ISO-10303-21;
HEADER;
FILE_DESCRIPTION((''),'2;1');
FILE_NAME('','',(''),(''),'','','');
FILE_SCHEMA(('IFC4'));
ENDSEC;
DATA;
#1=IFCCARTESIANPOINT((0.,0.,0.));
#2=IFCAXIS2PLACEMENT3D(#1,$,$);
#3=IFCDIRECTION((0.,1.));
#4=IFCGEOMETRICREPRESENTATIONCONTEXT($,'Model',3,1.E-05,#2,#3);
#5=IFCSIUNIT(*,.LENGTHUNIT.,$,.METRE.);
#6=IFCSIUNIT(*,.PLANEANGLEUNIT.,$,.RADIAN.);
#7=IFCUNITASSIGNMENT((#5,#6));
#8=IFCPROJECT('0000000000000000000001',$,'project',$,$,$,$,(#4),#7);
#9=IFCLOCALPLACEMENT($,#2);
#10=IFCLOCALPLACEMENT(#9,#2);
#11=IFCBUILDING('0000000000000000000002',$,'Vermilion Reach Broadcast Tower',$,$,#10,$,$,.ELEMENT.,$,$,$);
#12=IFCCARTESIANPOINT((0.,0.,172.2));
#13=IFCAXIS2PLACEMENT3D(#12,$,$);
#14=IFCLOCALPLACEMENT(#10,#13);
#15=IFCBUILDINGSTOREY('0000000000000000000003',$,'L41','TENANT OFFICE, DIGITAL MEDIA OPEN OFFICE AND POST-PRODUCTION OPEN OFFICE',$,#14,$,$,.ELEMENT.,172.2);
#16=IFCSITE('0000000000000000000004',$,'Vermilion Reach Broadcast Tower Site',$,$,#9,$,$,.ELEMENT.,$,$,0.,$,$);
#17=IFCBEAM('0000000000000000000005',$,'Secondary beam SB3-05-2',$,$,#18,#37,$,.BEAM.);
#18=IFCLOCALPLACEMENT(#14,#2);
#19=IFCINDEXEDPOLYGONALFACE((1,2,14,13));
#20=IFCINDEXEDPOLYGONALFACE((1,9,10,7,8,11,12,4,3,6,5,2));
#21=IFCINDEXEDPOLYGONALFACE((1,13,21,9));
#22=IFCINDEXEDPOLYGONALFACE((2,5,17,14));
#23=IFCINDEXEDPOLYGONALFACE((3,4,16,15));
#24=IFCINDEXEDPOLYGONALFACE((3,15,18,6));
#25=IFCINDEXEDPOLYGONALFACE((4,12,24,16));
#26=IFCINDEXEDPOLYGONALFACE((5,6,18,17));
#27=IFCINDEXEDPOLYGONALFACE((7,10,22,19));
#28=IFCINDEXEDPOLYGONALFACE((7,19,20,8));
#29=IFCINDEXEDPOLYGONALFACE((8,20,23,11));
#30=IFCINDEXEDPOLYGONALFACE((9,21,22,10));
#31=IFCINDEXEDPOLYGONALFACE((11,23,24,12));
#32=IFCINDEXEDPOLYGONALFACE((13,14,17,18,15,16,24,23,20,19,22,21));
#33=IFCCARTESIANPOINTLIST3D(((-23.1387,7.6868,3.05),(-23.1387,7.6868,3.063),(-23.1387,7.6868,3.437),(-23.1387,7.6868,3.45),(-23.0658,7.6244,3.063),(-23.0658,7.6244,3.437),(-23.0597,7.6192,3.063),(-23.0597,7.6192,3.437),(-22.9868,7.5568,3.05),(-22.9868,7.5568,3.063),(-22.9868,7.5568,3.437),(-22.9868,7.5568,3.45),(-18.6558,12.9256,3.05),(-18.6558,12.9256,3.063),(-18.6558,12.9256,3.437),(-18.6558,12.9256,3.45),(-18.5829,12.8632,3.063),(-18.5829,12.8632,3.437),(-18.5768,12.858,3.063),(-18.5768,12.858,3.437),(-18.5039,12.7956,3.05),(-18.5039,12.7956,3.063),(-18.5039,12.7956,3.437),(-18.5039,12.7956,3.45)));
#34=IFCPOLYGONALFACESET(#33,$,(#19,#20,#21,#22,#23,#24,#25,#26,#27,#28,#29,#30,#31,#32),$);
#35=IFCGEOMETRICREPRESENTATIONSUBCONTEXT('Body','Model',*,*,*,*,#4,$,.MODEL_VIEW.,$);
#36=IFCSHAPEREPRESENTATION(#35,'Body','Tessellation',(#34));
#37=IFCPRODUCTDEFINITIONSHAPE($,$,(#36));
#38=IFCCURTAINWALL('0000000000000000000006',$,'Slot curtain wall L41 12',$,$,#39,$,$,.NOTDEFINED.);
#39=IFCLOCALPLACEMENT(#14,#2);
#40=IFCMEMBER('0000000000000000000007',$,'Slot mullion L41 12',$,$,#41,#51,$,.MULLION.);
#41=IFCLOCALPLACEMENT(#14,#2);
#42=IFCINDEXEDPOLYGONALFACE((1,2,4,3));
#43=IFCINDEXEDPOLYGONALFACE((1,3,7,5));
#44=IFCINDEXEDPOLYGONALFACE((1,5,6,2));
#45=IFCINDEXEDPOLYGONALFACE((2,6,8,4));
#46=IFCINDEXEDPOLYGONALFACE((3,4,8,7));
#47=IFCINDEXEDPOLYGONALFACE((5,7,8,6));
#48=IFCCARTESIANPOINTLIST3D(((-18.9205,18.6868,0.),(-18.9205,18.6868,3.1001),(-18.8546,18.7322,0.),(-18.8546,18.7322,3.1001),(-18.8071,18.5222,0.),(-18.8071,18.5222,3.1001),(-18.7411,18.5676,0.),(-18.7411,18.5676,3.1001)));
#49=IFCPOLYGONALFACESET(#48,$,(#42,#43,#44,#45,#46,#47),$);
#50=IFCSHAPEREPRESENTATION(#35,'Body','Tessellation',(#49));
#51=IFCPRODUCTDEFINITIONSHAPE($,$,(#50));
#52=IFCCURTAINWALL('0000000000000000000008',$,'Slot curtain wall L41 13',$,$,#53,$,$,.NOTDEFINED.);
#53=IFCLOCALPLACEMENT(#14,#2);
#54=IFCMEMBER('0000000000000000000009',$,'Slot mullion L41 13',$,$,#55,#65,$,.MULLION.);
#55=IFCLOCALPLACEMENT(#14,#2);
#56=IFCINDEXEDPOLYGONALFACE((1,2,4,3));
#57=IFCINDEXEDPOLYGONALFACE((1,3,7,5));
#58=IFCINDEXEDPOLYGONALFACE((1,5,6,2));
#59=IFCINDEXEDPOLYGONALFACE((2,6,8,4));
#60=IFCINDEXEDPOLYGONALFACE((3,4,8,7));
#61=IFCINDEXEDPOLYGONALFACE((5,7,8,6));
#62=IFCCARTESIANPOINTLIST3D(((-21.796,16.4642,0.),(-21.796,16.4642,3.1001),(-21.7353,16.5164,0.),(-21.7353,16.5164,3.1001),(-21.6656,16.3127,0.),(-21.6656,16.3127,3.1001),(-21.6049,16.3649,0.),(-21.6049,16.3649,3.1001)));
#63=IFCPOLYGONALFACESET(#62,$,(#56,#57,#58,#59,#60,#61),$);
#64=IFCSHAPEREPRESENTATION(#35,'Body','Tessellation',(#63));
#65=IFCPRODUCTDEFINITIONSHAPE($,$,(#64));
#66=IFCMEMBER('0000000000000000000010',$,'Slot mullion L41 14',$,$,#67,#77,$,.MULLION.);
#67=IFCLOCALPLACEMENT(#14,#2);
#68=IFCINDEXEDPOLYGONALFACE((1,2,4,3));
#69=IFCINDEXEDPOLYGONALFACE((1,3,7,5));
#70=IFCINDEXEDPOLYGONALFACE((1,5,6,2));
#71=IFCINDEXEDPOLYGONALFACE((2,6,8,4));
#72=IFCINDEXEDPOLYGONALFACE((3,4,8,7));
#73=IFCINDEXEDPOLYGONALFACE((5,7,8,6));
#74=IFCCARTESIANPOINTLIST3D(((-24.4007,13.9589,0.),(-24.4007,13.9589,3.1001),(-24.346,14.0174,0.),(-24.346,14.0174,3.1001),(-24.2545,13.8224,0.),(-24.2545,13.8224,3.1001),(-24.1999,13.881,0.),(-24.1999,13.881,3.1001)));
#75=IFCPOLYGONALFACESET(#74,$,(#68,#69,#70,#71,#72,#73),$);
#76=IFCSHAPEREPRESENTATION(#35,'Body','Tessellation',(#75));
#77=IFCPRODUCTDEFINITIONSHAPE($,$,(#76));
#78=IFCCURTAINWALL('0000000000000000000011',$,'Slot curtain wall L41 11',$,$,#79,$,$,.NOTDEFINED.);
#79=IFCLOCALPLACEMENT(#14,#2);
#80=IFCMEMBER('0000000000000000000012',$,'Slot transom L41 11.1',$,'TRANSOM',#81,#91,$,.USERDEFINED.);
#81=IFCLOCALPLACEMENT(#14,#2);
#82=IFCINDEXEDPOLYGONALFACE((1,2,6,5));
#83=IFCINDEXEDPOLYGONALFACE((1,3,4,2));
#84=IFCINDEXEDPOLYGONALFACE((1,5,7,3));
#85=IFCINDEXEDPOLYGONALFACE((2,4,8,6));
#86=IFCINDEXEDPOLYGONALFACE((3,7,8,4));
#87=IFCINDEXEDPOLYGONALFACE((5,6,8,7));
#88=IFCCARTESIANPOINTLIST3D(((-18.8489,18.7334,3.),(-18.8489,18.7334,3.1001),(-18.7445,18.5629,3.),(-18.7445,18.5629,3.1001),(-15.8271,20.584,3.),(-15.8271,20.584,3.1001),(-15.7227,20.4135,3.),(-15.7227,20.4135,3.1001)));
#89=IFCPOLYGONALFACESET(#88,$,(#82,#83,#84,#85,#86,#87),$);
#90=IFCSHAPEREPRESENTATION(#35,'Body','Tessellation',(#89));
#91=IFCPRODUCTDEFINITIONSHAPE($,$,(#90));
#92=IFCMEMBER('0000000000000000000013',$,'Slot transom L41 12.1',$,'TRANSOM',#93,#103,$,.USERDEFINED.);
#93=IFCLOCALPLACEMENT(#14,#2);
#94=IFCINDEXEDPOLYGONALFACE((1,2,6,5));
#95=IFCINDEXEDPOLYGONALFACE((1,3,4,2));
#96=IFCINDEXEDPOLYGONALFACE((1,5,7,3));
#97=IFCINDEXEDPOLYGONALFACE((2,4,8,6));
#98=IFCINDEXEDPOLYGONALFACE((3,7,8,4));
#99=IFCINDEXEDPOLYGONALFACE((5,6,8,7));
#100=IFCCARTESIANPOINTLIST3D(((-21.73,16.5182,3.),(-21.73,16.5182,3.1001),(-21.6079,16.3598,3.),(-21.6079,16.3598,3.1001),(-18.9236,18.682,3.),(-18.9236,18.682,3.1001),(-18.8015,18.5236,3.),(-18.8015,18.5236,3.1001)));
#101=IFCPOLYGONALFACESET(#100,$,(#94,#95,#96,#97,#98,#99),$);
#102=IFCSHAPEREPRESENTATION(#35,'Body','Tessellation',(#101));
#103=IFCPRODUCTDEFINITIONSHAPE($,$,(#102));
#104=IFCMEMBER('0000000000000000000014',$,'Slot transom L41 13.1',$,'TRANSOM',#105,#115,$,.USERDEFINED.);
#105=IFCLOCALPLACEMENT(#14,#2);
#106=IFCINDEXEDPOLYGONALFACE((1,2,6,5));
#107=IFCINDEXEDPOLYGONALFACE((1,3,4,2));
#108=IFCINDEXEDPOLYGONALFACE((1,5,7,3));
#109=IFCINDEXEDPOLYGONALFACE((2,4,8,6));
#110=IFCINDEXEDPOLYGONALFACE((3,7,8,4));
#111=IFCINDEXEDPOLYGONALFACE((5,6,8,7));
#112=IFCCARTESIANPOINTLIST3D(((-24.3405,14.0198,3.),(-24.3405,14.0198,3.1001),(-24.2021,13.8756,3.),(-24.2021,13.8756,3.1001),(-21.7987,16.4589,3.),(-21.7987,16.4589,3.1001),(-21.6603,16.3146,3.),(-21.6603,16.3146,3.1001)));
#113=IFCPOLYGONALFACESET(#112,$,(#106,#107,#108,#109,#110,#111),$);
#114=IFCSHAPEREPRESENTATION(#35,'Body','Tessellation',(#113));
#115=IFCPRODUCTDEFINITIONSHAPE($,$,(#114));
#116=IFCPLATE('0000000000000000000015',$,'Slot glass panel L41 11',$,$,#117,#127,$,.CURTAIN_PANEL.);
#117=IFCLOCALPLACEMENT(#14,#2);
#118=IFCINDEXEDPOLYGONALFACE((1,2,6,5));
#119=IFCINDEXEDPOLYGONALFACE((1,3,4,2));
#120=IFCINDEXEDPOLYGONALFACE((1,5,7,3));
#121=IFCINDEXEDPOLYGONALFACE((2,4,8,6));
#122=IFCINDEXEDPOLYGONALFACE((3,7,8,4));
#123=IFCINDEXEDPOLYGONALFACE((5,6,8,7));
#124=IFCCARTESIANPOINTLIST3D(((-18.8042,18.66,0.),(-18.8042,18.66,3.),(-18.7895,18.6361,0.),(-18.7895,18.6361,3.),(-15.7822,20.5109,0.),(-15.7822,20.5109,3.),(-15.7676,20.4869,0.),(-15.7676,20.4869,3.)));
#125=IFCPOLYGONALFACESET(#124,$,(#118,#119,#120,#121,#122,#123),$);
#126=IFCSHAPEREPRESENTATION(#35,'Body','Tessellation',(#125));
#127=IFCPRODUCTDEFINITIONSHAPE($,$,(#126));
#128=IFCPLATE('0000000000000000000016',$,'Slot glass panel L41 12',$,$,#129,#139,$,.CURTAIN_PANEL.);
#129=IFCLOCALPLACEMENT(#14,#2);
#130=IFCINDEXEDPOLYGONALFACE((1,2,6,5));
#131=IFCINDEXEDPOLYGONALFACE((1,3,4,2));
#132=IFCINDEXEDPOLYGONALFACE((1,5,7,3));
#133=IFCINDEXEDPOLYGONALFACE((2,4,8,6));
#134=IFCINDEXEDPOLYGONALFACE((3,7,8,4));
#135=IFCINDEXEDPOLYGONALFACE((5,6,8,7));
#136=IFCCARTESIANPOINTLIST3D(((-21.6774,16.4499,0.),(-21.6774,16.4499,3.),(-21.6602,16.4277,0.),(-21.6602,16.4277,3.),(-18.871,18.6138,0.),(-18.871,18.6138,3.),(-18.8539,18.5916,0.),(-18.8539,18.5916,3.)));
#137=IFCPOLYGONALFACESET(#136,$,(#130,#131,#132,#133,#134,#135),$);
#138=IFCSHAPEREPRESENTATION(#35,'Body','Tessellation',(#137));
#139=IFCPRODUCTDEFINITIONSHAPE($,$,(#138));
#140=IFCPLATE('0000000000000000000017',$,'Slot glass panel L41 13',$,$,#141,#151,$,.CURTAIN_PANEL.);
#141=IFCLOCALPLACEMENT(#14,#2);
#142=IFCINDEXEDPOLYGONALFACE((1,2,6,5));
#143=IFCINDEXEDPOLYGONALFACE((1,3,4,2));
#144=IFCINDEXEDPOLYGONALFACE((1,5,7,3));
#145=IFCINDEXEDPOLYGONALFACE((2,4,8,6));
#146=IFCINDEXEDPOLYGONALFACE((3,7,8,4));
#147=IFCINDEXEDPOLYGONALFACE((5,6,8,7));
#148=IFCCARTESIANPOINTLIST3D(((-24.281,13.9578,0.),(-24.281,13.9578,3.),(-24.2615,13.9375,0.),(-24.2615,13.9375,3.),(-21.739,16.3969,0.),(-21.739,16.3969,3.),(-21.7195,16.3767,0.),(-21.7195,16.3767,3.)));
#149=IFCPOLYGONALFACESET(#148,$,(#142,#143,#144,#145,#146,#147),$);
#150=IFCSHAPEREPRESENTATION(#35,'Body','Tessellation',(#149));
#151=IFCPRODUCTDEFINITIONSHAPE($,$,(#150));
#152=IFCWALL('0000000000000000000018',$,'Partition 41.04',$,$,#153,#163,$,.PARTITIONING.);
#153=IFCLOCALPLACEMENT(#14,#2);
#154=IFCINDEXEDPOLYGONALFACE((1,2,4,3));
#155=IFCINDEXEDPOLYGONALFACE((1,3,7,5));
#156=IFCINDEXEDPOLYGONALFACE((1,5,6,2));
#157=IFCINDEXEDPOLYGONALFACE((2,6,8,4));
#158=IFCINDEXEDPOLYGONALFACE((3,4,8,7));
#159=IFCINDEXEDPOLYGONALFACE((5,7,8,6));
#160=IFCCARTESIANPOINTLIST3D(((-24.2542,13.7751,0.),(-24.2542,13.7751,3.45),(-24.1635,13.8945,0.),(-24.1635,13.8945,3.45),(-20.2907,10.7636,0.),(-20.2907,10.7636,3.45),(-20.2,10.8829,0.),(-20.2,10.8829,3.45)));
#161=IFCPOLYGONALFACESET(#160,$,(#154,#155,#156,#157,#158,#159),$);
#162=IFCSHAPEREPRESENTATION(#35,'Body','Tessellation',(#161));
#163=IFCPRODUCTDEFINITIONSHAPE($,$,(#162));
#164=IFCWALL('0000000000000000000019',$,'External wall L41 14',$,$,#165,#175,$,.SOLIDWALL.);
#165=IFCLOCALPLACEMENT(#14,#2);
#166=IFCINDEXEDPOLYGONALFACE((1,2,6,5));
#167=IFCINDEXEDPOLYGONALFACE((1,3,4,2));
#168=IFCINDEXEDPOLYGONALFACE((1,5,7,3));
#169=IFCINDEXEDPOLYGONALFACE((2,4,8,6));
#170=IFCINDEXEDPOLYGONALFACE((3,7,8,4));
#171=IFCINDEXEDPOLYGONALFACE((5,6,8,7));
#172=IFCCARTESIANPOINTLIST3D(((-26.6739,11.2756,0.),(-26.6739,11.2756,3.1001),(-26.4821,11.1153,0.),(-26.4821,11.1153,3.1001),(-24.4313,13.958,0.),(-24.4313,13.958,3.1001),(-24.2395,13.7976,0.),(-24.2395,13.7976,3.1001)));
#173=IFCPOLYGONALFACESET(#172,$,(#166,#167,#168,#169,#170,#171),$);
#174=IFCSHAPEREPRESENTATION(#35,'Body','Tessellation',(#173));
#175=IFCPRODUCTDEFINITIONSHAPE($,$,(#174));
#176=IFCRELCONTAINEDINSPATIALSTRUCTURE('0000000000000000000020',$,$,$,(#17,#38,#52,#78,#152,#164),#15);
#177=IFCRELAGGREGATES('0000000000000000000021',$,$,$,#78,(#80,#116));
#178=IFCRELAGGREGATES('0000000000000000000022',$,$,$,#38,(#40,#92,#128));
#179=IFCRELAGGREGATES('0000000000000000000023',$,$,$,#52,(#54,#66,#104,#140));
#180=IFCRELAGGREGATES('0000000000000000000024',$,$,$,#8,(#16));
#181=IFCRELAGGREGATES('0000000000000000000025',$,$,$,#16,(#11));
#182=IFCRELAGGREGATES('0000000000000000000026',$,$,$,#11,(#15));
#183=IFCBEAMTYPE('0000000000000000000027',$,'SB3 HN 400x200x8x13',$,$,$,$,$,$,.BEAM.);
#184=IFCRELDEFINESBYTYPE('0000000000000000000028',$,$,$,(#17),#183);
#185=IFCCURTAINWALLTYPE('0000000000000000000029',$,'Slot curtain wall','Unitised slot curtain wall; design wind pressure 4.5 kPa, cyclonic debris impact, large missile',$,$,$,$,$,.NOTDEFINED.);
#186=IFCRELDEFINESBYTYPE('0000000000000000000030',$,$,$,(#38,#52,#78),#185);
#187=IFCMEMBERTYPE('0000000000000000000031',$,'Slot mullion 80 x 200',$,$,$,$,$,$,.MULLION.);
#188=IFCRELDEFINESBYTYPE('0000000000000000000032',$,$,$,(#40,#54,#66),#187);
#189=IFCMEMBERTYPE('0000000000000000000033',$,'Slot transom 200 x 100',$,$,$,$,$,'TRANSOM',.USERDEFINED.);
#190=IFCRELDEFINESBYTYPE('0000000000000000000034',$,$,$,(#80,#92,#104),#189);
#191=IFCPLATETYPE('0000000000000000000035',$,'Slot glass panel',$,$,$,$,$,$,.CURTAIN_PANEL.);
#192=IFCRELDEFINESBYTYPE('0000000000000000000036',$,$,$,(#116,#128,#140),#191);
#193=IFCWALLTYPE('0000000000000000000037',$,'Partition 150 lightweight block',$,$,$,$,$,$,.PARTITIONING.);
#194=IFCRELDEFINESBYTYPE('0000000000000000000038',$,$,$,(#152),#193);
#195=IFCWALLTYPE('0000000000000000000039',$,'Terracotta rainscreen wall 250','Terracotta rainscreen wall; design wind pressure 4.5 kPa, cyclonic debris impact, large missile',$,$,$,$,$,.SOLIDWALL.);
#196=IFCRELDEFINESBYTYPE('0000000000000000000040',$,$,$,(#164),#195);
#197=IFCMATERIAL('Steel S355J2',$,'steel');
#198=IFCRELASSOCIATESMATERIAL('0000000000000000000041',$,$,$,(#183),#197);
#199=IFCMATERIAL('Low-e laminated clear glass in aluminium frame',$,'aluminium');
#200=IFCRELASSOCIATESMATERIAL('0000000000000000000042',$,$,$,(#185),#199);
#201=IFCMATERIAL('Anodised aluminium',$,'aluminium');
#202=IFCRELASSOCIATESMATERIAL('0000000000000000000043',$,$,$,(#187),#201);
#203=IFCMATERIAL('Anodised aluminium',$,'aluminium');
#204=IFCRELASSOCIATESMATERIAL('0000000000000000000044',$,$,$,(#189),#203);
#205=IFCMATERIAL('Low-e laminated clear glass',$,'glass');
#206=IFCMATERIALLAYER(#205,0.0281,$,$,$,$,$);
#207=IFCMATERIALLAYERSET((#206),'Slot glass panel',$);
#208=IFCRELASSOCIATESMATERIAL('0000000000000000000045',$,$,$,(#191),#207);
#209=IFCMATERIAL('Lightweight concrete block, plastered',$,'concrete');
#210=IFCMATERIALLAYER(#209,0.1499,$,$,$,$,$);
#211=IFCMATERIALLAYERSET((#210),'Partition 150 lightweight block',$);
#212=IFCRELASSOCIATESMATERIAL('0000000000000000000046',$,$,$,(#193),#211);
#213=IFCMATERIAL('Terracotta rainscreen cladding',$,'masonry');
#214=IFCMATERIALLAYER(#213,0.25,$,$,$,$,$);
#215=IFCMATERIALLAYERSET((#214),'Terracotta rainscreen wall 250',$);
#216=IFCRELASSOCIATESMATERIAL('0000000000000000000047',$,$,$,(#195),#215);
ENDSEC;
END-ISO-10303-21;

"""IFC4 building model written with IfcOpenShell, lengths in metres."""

from ifc_helpers import new_model, si_unit, direction, frame, frame_2d, origin, origin_2d, place, context, subcontext, project, spatial, rectangle, i_section, extrude, material, layer, layer_set, material_profile, profile_set, type_object, element, aggregate, save


model = new_model("IFC4")

# Units and contexts
model_context = context("Model", 3, precision=1e-05, world=origin(), true_north=direction((0.0, 1.0)))
body_context = subcontext(model_context, "Body", "Model", "MODEL_VIEW")
ifc_project = project(units=[si_unit("LENGTHUNIT", "METRE"), si_unit("PLANEANGLEUNIT", "RADIAN")], contexts=[model_context])

# Site, building, storey
site_placement = place(None, origin())
site = spatial("IfcSite", under=ifc_project, at=site_placement, Name="Vermilion Reach Broadcast Tower Site", CompositionType="ELEMENT", RefElevation=0.0)
building_placement = place(site_placement, origin())
building = spatial("IfcBuilding", under=site, at=building_placement, Name="Vermilion Reach Broadcast Tower", CompositionType="ELEMENT")
storey_placement = place(building_placement, frame((0.0, 0.0, 172.2)))
storey = spatial("IfcBuildingStorey", under=building, at=storey_placement, Name="L41", Description="TENANT OFFICE, DIGITAL MEDIA OPEN OFFICE AND POST-PRODUCTION OPEN OFFICE", CompositionType="ELEMENT", Elevation=172.2)

# Beam
ifc_material_1 = material(Name="Steel S355J2", Category="steel")
ifc_material_profile_1 = material_profile(ifc_material_1, i_section(OverallWidth=0.2, OverallDepth=0.3999, WebThickness=0.0081, FlangeThickness=0.0129, at=origin_2d()), Name="S355J2 HN 400x200x8x13")
ifc_profile_set_1 = profile_set([ifc_material_profile_1], Name="Steel S355J2")
beam_type_1 = type_object("IfcBeamType", Name="SB3 HN 400x200x8x13", PredefinedType="BEAM", material=ifc_profile_set_1)
beam_1_placement = place(storey_placement, frame((-18.5798, 12.8606, 3.25), z_axis=(-0.650167, -0.759791, 0.0), x_axis=(0.759791, -0.650167, 0.0)))
element("IfcBeam", 1, at=beam_1_placement, inside=storey, type_object=beam_type_1, Name="Secondary beam SB3-05-2", PredefinedType="BEAM", context=body_context, shape_type="SweptSolid", body=[
    extrude(i_section(OverallWidth=0.2, OverallDepth=0.3999, WebThickness=0.0081, FlangeThickness=0.0129, at=origin_2d()), origin(), (0.0, 0.0, 1.0), 6.895),
])

# Curtain wall, member
ifc_material_2 = material(Name="Low-e laminated clear glass in aluminium frame", Category="aluminium")
curtain_wall_type = type_object("IfcCurtainWallType", Name="Slot curtain wall", Description="Unitised slot curtain wall; design wind pressure 4.5 kPa, cyclonic debris impact, large missile", PredefinedType="NOTDEFINED", material=ifc_material_2)
placement = place(storey_placement, origin())
curtain_wall_1 = element("IfcCurtainWall", 2, at=placement, inside=storey, type_object=curtain_wall_type, Name="Slot curtain wall L41 12", PredefinedType="NOTDEFINED")
ifc_material_3 = material(Name="Anodised aluminium", Category="aluminium")
ifc_material_profile_2 = material_profile(ifc_material_3, rectangle(XDim=0.2, YDim=0.0801, at=origin_2d()), Name="Slot mullion 80 x 200")
ifc_profile_set_2 = profile_set([ifc_material_profile_2], Name="Anodised aluminium")
member_type_1 = type_object("IfcMemberType", Name="Slot mullion 80 x 200", PredefinedType="MULLION", material=ifc_profile_set_2)
member_1_placement = place(storey_placement, frame((-18.8308, 18.6272, 0.0), z_axis=(0.0, 0.0, 1.0), x_axis=(0.567269, -0.823533, 0.0)))
member_1 = element("IfcMember", 3, at=member_1_placement, type_object=member_type_1, Name="Slot mullion L41 12", PredefinedType="MULLION", context=body_context, shape_type="SweptSolid", body=[
    extrude(rectangle(XDim=0.2, YDim=0.0801, at=origin_2d()), origin(), (0.0, 0.0, 1.0), 3.1001),
])

# Curtain wall, members
curtain_wall_2 = element("IfcCurtainWall", 4, at=placement, inside=storey, type_object=curtain_wall_type, Name="Slot curtain wall L41 13", PredefinedType="NOTDEFINED")
member_2_placement = place(storey_placement, frame((-21.7004, 16.4146, 0.0), z_axis=(0.0, 0.0, 1.0), x_axis=(0.652442, -0.757839, 0.0)))
member_2 = element("IfcMember", 5, at=member_2_placement, type_object=member_type_1, Name="Slot mullion L41 13", PredefinedType="MULLION", context=body_context, shape_type="SweptSolid", body=[
    extrude(rectangle(XDim=0.2, YDim=0.0801, at=origin_2d()), origin(), (0.0, 0.0, 1.0), 3.1001),
])
member_3_placement = place(storey_placement, frame((-24.3003, 13.9199, 0.0), z_axis=(0.0, 0.0, 1.0), x_axis=(0.730889, -0.682496, 0.0)))
member_3 = element("IfcMember", 6, at=member_3_placement, type_object=member_type_1, Name="Slot mullion L41 14", PredefinedType="MULLION", context=body_context, shape_type="SweptSolid", body=[
    extrude(rectangle(XDim=0.2, YDim=0.0801, at=origin_2d()), origin(), (0.0, 0.0, 1.0), 3.1001),
])

# Curtain wall, member
curtain_wall_3 = element("IfcCurtainWall", 7, at=placement, inside=storey, type_object=curtain_wall_type, Name="Slot curtain wall L41 11", PredefinedType="NOTDEFINED")
ifc_material_4 = material(Name="Anodised aluminium", Category="aluminium")
ifc_material_profile_3 = material_profile(ifc_material_4, rectangle(XDim=0.2, YDim=0.1001, at=origin_2d()), Name="Slot transom 200 x 100")
ifc_profile_set_3 = profile_set([ifc_material_profile_3], Name="Anodised aluminium")
member_type_2 = type_object("IfcMemberType", Name="Slot transom 200 x 100", ElementType="TRANSOM", PredefinedType="USERDEFINED", material=ifc_profile_set_3)
member_4_placement = place(storey_placement, frame((-15.7749, 20.4988, 3.05), z_axis=(-0.852782, -0.522266, 0.0), x_axis=(0.522266, -0.852782, 0.0)))
member_4 = element("IfcMember", 8, at=member_4_placement, type_object=member_type_2, Name="Slot transom L41 11.1", ObjectType="TRANSOM", PredefinedType="USERDEFINED", context=body_context, shape_type="SweptSolid", body=[
    extrude(rectangle(XDim=0.2, YDim=0.1001, at=origin_2d()), origin(), (0.0, 0.0, 1.0), 3.5435),
])

# Members
member_5_placement = place(storey_placement, frame((-18.8625, 18.6028, 3.05), z_axis=(-0.791935, -0.610606, 0.0), x_axis=(0.610606, -0.791935, 0.0)))
member_5 = element("IfcMember", 9, at=member_5_placement, type_object=member_type_2, Name="Slot transom L41 12.1", ObjectType="TRANSOM", PredefinedType="USERDEFINED", context=body_context, shape_type="SweptSolid", body=[
    extrude(rectangle(XDim=0.2, YDim=0.1001, at=origin_2d()), origin(), (0.0, 0.0, 1.0), 3.5437),
])
member_6_placement = place(storey_placement, frame((-21.7295, 16.3867, 3.05), z_axis=(-0.721545, -0.692367, 0.0), x_axis=(0.692367, -0.721545, 0.0)))
member_6 = element("IfcMember", 10, at=member_6_placement, type_object=member_type_2, Name="Slot transom L41 13.1", ObjectType="TRANSOM", PredefinedType="USERDEFINED", context=body_context, shape_type="SweptSolid", body=[
    extrude(rectangle(XDim=0.2, YDim=0.1001, at=origin_2d()), origin(), (0.0, 0.0, 1.0), 3.5227),
])

# Plates
ifc_material_5 = material(Name="Low-e laminated clear glass", Category="glass")
ifc_layer_1 = layer(ifc_material_5, 0.0281)
ifc_layer_set_1 = layer_set([ifc_layer_1], Name="Slot glass panel")
plate_type = type_object("IfcPlateType", Name="Slot glass panel", PredefinedType="CURTAIN_PANEL", material=ifc_layer_set_1)
plate_1_placement = place(storey_placement, frame((-17.2859, 19.5735, 0.0), z_axis=(0.0, 0.0, 1.0), x_axis=(-0.852771, -0.522285, 0.0)))
plate_1 = element("IfcPlate", 11, at=plate_1_placement, type_object=plate_type, Name="Slot glass panel L41 11", PredefinedType="CURTAIN_PANEL", context=body_context, shape_type="SweptSolid", body=[
    extrude(rectangle(XDim=3.5437, YDim=0.0281, at=origin_2d()), origin(), (0.0, 0.0, 1.0), 3.0),
])
aggregate(curtain_wall_3, [member_4, plate_1])
plate_2_placement = place(storey_placement, frame((-20.2656, 17.5208, 0.0), z_axis=(0.0, 0.0, 1.0), x_axis=(-0.791924, -0.61062, 0.0)))
plate_2 = element("IfcPlate", 12, at=plate_2_placement, type_object=plate_type, Name="Slot glass panel L41 12", PredefinedType="CURTAIN_PANEL", context=body_context, shape_type="SweptSolid", body=[
    extrude(rectangle(XDim=3.5437, YDim=0.0281, at=origin_2d()), origin(), (0.0, 0.0, 1.0), 3.0),
])
aggregate(curtain_wall_1, [member_1, member_5, plate_2])
plate_3_placement = place(storey_placement, frame((-23.0002, 15.1672, 0.0), z_axis=(0.0, 0.0, 1.0), x_axis=(-0.721548, -0.692364, 0.0)))
plate_3 = element("IfcPlate", 13, at=plate_3_placement, type_object=plate_type, Name="Slot glass panel L41 13", PredefinedType="CURTAIN_PANEL", context=body_context, shape_type="SweptSolid", body=[
    extrude(rectangle(XDim=3.5229, YDim=0.0281, at=origin_2d()), origin(), (0.0, 0.0, 1.0), 3.0),
])
aggregate(curtain_wall_2, [member_2, member_3, member_6, plate_3])

# Walls
ifc_material_6 = material(Name="Lightweight concrete block, plastered", Category="concrete")
ifc_layer_2 = layer(ifc_material_6, 0.1499)
ifc_layer_set_2 = layer_set([ifc_layer_2], Name="Partition 150 lightweight block")
wall_type_1 = type_object("IfcWallType", Name="Partition 150 lightweight block", PredefinedType="PARTITIONING", material=ifc_layer_set_2)
wall_1_placement = place(storey_placement, frame((-24.2087, 13.8347, 0.0), z_axis=(0.0, 0.0, 1.0), x_axis=(0.796229, -0.604995, 0.0)))
element("IfcWall", 14, at=wall_1_placement, inside=storey, type_object=wall_type_1, Name="Partition 41.04", PredefinedType="PARTITIONING", context=body_context, shape_type="SweptSolid", body=[
    extrude(rectangle(XDim=4.9778, YDim=0.1499, at=frame_2d((2.4888, 0.0))), origin(), (0.0, 0.0, 1.0), 3.45),
])
ifc_material_7 = material(Name="Terracotta rainscreen cladding", Category="masonry")
ifc_layer_3 = layer(ifc_material_7, 0.25)
ifc_layer_set_3 = layer_set([ifc_layer_3], Name="Terracotta rainscreen wall 250")
wall_type_2 = type_object("IfcWallType", Name="Terracotta rainscreen wall 250", Description="Terracotta rainscreen wall; design wind pressure 4.5 kPa, cyclonic debris impact, large missile", PredefinedType="SOLIDWALL", material=ifc_layer_set_3)
wall_2_placement = place(storey_placement, frame((-24.3354, 13.8777, 0.0), z_axis=(0.0, 0.0, 1.0), x_axis=(-0.641427, -0.767184, 0.0)))
element("IfcWall", 15, at=wall_2_placement, inside=storey, type_object=wall_type_2, Name="External wall L41 14", PredefinedType="SOLIDWALL", context=body_context, shape_type="SweptSolid", body=[
    extrude(rectangle(XDim=3.4963, YDim=0.25, at=frame_2d((1.748, 0.0))), origin(), (0.0, 0.0, 1.0), 3.1001),
])

save(model, "model.ifc")
